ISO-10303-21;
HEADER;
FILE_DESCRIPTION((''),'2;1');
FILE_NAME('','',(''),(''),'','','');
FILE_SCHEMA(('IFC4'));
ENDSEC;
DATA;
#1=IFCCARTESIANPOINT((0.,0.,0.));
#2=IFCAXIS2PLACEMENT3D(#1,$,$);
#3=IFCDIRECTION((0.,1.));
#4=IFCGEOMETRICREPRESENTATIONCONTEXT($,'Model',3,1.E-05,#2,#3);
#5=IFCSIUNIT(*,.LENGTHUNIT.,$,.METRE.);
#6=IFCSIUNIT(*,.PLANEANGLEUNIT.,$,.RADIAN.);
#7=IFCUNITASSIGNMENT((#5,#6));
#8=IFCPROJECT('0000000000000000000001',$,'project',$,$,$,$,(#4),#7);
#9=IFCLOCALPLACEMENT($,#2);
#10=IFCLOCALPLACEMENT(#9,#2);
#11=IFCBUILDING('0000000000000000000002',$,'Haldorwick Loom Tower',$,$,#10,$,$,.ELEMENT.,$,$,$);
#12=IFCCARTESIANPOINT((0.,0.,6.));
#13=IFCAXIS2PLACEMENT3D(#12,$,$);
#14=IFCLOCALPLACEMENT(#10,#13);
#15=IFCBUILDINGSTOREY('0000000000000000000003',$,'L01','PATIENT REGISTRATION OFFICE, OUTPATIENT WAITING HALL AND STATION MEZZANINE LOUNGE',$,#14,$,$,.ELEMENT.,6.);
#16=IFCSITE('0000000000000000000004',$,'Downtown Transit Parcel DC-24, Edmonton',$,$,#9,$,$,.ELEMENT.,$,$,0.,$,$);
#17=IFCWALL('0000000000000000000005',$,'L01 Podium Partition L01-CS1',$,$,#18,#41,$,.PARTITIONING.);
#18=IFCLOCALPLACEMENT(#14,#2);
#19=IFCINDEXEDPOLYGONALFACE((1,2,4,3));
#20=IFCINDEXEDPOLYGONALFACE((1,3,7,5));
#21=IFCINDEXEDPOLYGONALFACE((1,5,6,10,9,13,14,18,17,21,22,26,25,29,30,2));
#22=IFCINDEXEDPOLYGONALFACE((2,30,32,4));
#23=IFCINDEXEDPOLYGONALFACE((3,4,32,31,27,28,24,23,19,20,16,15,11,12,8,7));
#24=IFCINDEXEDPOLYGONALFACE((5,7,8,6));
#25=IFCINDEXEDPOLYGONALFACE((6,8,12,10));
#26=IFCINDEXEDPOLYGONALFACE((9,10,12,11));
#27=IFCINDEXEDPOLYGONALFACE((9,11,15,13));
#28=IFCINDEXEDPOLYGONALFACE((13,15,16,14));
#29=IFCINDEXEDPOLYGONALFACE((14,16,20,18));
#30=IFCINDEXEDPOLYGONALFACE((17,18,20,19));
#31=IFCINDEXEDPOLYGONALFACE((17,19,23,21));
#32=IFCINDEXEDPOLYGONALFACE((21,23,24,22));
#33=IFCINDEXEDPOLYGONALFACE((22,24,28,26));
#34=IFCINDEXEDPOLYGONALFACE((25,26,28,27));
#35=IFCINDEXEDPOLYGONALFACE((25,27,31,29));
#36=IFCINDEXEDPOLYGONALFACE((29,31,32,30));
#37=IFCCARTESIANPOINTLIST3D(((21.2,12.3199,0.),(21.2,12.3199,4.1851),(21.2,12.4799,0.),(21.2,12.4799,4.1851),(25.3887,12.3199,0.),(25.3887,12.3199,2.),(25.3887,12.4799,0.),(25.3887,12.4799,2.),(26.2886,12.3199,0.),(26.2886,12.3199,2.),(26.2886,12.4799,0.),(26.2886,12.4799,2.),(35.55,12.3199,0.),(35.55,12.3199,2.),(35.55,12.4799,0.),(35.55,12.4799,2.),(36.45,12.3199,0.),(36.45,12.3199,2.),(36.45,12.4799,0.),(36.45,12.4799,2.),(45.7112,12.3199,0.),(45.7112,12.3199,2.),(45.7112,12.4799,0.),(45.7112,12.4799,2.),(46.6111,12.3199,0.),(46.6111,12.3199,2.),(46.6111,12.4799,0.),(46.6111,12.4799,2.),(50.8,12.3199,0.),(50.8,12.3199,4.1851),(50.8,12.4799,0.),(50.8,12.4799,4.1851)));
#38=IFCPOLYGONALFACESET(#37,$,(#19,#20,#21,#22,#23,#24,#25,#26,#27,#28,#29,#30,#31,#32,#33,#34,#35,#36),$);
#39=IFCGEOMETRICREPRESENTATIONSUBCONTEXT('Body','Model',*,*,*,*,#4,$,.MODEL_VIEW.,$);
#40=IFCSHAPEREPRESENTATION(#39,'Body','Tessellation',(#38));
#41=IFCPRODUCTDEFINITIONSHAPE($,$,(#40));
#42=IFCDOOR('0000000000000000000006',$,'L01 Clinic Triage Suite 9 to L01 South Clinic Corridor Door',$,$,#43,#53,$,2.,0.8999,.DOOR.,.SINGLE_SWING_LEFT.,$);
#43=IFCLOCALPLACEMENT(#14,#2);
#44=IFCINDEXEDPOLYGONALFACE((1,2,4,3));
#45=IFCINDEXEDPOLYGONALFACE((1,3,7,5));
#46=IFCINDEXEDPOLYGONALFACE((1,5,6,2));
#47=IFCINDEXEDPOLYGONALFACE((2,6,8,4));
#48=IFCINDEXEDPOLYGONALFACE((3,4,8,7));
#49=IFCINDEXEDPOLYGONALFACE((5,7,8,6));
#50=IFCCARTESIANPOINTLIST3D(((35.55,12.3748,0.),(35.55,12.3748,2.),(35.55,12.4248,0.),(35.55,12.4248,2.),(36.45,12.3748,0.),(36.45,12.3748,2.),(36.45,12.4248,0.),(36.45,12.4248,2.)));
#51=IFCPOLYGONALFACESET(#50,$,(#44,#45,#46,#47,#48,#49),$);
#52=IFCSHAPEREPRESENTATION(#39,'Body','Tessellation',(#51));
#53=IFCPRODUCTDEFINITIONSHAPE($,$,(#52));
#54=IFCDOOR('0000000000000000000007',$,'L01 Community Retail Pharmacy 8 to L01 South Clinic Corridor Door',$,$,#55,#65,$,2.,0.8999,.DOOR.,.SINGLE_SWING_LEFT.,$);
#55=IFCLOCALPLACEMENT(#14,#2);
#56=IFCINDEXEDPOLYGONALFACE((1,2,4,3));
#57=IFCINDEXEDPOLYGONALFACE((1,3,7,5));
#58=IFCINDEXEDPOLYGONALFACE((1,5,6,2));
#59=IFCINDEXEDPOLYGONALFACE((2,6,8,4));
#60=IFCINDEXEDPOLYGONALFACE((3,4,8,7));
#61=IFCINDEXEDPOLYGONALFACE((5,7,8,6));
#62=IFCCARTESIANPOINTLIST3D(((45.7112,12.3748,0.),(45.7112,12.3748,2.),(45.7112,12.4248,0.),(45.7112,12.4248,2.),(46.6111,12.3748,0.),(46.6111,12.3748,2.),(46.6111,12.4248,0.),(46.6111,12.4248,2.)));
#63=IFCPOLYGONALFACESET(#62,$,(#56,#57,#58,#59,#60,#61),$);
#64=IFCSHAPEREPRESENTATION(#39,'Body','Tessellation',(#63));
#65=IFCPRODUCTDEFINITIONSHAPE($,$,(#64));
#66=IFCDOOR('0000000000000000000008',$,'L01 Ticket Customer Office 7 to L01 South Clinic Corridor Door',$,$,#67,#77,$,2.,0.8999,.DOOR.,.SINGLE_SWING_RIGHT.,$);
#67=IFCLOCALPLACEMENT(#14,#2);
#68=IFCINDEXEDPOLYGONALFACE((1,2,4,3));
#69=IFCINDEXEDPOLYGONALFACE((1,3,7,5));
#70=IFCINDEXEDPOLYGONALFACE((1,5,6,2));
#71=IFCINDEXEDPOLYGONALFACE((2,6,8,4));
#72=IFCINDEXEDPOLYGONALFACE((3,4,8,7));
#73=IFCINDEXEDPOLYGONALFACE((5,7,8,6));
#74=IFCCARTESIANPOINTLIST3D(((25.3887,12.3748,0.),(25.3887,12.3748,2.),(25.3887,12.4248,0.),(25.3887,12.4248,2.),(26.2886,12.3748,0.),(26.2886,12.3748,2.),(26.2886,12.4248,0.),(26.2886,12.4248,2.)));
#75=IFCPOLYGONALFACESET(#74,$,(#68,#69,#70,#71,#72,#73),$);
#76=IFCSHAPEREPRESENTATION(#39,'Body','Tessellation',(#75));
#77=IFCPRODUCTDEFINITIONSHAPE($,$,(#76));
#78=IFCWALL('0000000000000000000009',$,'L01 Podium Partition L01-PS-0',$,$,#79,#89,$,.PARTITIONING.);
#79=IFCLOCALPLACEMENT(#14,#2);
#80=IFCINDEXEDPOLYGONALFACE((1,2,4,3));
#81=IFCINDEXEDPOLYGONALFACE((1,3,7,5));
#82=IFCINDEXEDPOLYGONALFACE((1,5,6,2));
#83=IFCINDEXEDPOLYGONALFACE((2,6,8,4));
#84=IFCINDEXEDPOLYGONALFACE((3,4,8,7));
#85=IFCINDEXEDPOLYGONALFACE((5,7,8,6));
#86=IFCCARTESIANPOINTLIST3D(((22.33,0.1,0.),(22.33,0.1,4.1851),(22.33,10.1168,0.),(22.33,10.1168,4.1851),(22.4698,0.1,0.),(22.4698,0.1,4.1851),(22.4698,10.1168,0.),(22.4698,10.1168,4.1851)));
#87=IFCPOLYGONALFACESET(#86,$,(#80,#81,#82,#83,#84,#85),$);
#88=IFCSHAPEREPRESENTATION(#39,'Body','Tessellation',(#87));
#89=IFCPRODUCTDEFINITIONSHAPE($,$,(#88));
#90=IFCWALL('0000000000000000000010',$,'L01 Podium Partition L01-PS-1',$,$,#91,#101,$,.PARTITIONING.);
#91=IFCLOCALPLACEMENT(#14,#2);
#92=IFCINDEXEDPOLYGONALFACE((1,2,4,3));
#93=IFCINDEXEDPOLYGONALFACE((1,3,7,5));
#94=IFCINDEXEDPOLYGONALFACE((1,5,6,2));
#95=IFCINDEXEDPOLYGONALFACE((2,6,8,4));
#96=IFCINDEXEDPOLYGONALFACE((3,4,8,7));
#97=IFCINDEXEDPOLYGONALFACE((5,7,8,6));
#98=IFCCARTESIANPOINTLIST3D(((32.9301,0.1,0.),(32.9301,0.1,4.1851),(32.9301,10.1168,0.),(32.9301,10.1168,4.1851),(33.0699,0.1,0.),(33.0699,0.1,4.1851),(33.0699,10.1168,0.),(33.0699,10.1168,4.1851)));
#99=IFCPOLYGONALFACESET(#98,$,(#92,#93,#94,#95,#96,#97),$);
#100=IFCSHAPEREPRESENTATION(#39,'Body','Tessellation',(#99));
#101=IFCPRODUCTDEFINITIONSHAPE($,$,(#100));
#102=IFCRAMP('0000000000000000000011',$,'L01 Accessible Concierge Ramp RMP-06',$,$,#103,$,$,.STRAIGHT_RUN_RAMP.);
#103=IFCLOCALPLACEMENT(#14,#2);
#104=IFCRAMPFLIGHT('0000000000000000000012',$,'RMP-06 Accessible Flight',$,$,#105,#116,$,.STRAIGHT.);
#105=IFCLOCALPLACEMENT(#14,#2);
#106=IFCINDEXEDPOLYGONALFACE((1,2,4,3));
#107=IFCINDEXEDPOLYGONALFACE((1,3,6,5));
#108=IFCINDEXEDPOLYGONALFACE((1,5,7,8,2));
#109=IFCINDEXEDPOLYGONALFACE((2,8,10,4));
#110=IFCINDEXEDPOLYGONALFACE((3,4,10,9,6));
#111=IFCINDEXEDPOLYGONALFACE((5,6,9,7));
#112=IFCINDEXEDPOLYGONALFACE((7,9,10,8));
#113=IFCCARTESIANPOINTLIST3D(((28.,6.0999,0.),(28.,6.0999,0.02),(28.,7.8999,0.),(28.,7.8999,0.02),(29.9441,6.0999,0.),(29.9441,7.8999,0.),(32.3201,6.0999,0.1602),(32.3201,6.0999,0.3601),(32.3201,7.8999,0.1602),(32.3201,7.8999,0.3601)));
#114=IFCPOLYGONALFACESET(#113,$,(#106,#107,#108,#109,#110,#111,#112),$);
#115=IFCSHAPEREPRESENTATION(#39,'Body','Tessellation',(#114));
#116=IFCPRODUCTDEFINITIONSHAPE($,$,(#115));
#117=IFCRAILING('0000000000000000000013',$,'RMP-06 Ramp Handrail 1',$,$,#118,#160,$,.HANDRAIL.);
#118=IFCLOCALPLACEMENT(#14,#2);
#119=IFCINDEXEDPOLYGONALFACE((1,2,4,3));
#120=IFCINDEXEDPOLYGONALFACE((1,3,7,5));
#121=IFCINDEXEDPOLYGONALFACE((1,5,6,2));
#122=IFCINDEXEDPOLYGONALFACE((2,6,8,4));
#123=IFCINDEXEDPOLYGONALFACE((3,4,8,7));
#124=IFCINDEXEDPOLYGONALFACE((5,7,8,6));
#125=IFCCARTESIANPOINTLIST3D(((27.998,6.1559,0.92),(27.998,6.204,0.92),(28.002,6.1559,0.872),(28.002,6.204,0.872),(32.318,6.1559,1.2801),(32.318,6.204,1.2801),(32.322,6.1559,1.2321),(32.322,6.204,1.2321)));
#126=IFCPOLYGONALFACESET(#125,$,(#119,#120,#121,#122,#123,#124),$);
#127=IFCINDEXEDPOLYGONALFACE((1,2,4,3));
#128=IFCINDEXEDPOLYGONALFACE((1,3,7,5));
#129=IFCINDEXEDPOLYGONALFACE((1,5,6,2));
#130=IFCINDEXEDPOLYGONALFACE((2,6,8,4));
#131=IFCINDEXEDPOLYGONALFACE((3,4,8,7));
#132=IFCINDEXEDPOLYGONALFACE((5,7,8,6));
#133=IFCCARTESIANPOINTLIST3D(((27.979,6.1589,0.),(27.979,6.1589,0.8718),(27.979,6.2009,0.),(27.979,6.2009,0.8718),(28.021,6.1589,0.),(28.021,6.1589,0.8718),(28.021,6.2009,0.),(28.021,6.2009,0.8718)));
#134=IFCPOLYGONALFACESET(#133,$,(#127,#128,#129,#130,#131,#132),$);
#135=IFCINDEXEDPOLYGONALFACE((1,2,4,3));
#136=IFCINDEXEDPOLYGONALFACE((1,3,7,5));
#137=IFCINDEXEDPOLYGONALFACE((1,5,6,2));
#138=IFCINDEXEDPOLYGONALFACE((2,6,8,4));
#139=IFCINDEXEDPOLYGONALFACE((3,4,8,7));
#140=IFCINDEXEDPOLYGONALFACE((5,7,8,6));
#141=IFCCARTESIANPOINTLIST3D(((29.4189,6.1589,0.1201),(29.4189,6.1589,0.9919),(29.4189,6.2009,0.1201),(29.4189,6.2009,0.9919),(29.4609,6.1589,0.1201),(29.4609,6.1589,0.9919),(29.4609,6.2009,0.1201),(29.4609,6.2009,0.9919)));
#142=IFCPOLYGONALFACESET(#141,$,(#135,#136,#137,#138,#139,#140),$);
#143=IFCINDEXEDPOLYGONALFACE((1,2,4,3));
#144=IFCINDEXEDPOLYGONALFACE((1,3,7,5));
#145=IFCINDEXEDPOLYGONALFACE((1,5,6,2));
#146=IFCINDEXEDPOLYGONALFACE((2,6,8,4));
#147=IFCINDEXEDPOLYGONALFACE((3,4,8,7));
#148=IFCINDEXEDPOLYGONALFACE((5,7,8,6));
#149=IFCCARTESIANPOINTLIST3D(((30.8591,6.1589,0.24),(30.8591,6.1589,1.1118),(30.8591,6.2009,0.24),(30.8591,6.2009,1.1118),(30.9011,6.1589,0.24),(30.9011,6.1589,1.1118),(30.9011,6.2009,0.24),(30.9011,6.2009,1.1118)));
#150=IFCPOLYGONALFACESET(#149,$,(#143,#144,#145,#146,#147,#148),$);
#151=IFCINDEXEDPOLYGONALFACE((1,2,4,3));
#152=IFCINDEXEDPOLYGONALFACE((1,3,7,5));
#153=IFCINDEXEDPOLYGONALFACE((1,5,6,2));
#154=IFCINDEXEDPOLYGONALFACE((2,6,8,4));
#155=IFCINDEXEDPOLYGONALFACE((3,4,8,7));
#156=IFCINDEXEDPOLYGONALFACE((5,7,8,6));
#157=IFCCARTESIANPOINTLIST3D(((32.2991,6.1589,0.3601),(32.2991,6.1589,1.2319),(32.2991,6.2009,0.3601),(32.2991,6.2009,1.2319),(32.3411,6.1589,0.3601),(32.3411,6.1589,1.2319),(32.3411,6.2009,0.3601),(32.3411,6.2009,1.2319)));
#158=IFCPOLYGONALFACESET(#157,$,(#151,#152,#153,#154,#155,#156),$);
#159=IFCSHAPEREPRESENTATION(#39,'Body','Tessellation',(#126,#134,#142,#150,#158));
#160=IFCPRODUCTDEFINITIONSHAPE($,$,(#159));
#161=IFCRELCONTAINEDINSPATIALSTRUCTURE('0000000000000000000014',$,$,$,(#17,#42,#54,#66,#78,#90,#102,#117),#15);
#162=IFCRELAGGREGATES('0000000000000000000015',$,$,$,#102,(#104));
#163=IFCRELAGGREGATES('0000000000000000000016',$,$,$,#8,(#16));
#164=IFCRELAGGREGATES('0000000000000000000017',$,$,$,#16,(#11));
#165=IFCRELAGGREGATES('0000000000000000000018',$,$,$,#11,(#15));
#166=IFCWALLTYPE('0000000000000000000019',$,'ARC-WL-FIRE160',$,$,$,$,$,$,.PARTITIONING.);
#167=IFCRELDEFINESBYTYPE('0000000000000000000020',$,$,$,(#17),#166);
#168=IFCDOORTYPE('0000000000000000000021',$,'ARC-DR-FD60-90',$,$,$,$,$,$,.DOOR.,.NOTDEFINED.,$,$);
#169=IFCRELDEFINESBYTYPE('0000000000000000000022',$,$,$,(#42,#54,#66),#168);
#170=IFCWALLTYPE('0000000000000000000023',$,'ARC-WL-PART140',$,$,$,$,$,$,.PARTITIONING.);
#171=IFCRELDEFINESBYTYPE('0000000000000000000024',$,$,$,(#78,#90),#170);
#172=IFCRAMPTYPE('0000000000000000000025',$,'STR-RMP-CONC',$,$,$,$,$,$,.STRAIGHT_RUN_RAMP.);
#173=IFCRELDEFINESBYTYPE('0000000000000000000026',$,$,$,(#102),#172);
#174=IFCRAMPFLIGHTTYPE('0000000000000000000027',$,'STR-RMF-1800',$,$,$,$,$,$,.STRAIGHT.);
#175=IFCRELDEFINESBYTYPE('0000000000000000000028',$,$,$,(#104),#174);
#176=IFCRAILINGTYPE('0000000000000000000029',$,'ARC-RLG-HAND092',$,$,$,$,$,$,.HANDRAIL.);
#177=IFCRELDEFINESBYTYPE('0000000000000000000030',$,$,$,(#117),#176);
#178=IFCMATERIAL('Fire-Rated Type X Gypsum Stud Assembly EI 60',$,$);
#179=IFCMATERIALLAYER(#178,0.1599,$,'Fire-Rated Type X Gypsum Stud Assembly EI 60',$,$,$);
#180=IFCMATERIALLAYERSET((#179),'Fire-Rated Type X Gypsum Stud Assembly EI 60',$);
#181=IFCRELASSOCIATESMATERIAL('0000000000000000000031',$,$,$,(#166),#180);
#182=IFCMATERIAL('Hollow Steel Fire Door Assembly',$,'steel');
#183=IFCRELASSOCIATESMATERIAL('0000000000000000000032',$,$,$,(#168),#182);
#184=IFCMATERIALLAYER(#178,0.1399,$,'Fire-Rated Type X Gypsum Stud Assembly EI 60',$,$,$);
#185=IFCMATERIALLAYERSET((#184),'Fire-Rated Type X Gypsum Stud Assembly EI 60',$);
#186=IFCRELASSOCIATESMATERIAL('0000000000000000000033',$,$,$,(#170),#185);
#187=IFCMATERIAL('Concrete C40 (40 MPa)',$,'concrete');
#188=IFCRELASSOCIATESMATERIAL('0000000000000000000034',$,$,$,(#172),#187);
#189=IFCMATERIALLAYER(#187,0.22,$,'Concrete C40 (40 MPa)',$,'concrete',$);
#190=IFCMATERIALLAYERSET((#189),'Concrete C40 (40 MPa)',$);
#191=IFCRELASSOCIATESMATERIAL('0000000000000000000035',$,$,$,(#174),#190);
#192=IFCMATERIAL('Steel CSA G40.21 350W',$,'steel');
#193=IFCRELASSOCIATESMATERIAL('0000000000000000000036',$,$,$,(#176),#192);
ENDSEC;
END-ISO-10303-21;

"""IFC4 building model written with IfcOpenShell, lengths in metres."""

from ifc_helpers import new_model, si_unit, direction, frame, frame_2d, origin, origin_2d, place, context, subcontext, project, spatial, polyline, rectangle, outline, extrude, material, layer, layer_set, type_object, element, fill, aggregate, save


model = new_model("IFC4")

# Units and contexts
model_context = context("Model", 3, precision=1e-05, world=origin(), true_north=direction((0.0, 1.0)))
body_context = subcontext(model_context, "Body", "Model", "MODEL_VIEW")
ifc_project = project(units=[si_unit("LENGTHUNIT", "METRE"), si_unit("PLANEANGLEUNIT", "RADIAN")], contexts=[model_context])

# Site, building, storey
site_placement = place(None, origin())
site = spatial("IfcSite", under=ifc_project, at=site_placement, Name="Downtown Transit Parcel DC-24, Edmonton", CompositionType="ELEMENT", RefElevation=0.0)
building_placement = place(site_placement, origin())
building = spatial("IfcBuilding", under=site, at=building_placement, Name="Haldorwick Loom Tower", CompositionType="ELEMENT")
storey_placement = place(building_placement, frame((0.0, 0.0, 6.0)))
storey = spatial("IfcBuildingStorey", under=building, at=storey_placement, Name="L01", Description="PATIENT REGISTRATION OFFICE, OUTPATIENT WAITING HALL AND STATION MEZZANINE LOUNGE", CompositionType="ELEMENT", Elevation=6.0)

# Shared definitions
ifc_material_1 = material(Name="Steel CSA G40.21 350W", Category="steel")

# Wall, openings, doors
ifc_material_2 = material(Name="Fire-Rated Type X Gypsum Stud Assembly EI 60")
ifc_layer_1 = layer(ifc_material_2, 0.1599, Name="Fire-Rated Type X Gypsum Stud Assembly EI 60")
ifc_layer_set_1 = layer_set([ifc_layer_1], Name="Fire-Rated Type X Gypsum Stud Assembly EI 60")
wall_type_1 = type_object("IfcWallType", Name="ARC-WL-FIRE160", PredefinedType="PARTITIONING", material=ifc_layer_set_1)
wall_placement = place(storey_placement, frame((21.2, 12.3999, 0.0), z_axis=(0.0, 0.0, 1.0), x_axis=(1.0, 0.0, 0.0)))
wall = element("IfcWall", 1, at=wall_placement, inside=storey, type_object=wall_type_1, Name="L01 Podium Partition L01-CS1", PredefinedType="PARTITIONING", context=body_context, shape_type="SweptSolid", body=[
    extrude(rectangle(XDim=29.6001, YDim=0.1599, at=frame_2d((14.8, 0.0))), origin(), (0.0, 0.0, 1.0), 4.1851),
])
opening_1_placement = place(wall_placement, frame((14.3501, 0.0, 0.0)))
opening_1 = element("IfcOpeningElement", 2, at=opening_1_placement, cuts=wall, PredefinedType="OPENING", context=body_context, shape_type="SweptSolid", body=[
    extrude(rectangle(XDim=0.8999, YDim=2.0, at=frame_2d((0.45, 1.0))), frame((0.0, 0.0898, 0.0), z_axis=(0.0, -1.0, 0.0), x_axis=(1.0, 0.0, 0.0)), (0.0, 0.0, 1.0), 0.1799),
])
opening_2_placement = place(wall_placement, frame((24.5112, 0.0, 0.0)))
opening_2 = element("IfcOpeningElement", 3, at=opening_2_placement, cuts=wall, PredefinedType="OPENING", context=body_context, shape_type="SweptSolid", body=[
    extrude(rectangle(XDim=0.8999, YDim=2.0, at=frame_2d((0.45, 1.0))), frame((0.0, 0.0898, 0.0), z_axis=(0.0, -1.0, 0.0), x_axis=(1.0, 0.0, 0.0)), (0.0, 0.0, 1.0), 0.1799),
])
opening_3_placement = place(wall_placement, frame((4.1887, 0.0, 0.0)))
opening_3 = element("IfcOpeningElement", 4, at=opening_3_placement, cuts=wall, PredefinedType="OPENING", context=body_context, shape_type="SweptSolid", body=[
    extrude(rectangle(XDim=0.8999, YDim=2.0, at=frame_2d((0.45, 1.0))), frame((0.0, 0.0898, 0.0), z_axis=(0.0, -1.0, 0.0), x_axis=(1.0, 0.0, 0.0)), (0.0, 0.0, 1.0), 0.1799),
])
ifc_material_3 = material(Name="Hollow Steel Fire Door Assembly", Category="steel")
door_type = type_object("IfcDoorType", Name="ARC-DR-FD60-90", OperationType="NOTDEFINED", PredefinedType="DOOR", material=ifc_material_3)
door_1_placement = place(opening_1_placement, origin())
door_1 = element("IfcDoor", 5, at=door_1_placement, inside=storey, type_object=door_type, Name="L01 Clinic Triage Suite 9 to L01 South Clinic Corridor Door", OperationType="SINGLE_SWING_LEFT", OverallHeight=2.0, OverallWidth=0.8999, PredefinedType="DOOR", context=body_context, shape_type="SweptSolid", body=[
    extrude(rectangle(XDim=0.8999, YDim=2.0, at=frame_2d((0.45, 1.0))), frame((0.0, 0.0249, 0.0), z_axis=(0.0, -1.0, 0.0), x_axis=(1.0, 0.0, 0.0)), (0.0, 0.0, 1.0), 0.05),
])
fill(opening_1, door_1)
door_2_placement = place(opening_2_placement, origin())
door_2 = element("IfcDoor", 6, at=door_2_placement, inside=storey, type_object=door_type, Name="L01 Community Retail Pharmacy 8 to L01 South Clinic Corridor Door", OperationType="SINGLE_SWING_LEFT", OverallHeight=2.0, OverallWidth=0.8999, PredefinedType="DOOR", context=body_context, shape_type="SweptSolid", body=[
    extrude(rectangle(XDim=0.8999, YDim=2.0, at=frame_2d((0.45, 1.0))), frame((0.0, 0.0249, 0.0), z_axis=(0.0, -1.0, 0.0), x_axis=(1.0, 0.0, 0.0)), (0.0, 0.0, 1.0), 0.05),
])
fill(opening_2, door_2)
door_3_placement = place(opening_3_placement, origin())
door_3 = element("IfcDoor", 7, at=door_3_placement, inside=storey, type_object=door_type, Name="L01 Ticket Customer Office 7 to L01 South Clinic Corridor Door", OperationType="SINGLE_SWING_RIGHT", OverallHeight=2.0, OverallWidth=0.8999, PredefinedType="DOOR", context=body_context, shape_type="SweptSolid", body=[
    extrude(rectangle(XDim=0.8999, YDim=2.0, at=frame_2d((0.45, 1.0))), frame((0.0, 0.0249, 0.0), z_axis=(0.0, -1.0, 0.0), x_axis=(1.0, 0.0, 0.0)), (0.0, 0.0, 1.0), 0.05),
])
fill(opening_3, door_3)

# Walls
ifc_layer_2 = layer(ifc_material_2, 0.1399, Name="Fire-Rated Type X Gypsum Stud Assembly EI 60")
ifc_layer_set_2 = layer_set([ifc_layer_2], Name="Fire-Rated Type X Gypsum Stud Assembly EI 60")
wall_type_2 = type_object("IfcWallType", Name="ARC-WL-PART140", PredefinedType="PARTITIONING", material=ifc_layer_set_2)
for number, where, z_axis, x_axis, name in (
    (8, (22.3999, 0.1001, 0.0), (0.0, 0.0, 1.0), (0.0, 1.0, 0.0), "L01 Podium Partition L01-PS-0"),
    (9, (33.0, 0.1001, 0.0), (0.0, 0.0, 1.0), (0.0, 1.0, 0.0), "L01 Podium Partition L01-PS-1"),
):
    element("IfcWall", number, at=place(storey_placement, frame(where, z_axis=z_axis, x_axis=x_axis)), inside=storey, type_object=wall_type_2, Name=name, PredefinedType="PARTITIONING", context=body_context, shape_type="SweptSolid", body=[
        extrude(rectangle(XDim=10.0168, YDim=0.1399, at=frame_2d((5.0083, 0.0))), origin(), (0.0, 0.0, 1.0), 4.1851),
    ])

# Ramp, ramp flight
ifc_material_4 = material(Name="Concrete C40 (40 MPa)", Category="concrete")
ramp_type = type_object("IfcRampType", Name="STR-RMP-CONC", PredefinedType="STRAIGHT_RUN_RAMP", material=ifc_material_4)
ramp_placement = place(storey_placement, origin())
ramp = element("IfcRamp", 10, at=ramp_placement, inside=storey, type_object=ramp_type, Name="L01 Accessible Concierge Ramp RMP-06", PredefinedType="STRAIGHT_RUN_RAMP")
ifc_layer_3 = layer(ifc_material_4, 0.22, Name="Concrete C40 (40 MPa)", Category="concrete")
ifc_layer_set_3 = layer_set([ifc_layer_3], Name="Concrete C40 (40 MPa)")
ramp_flight_type = type_object("IfcRampFlightType", Name="STR-RMF-1800", PredefinedType="STRAIGHT", material=ifc_layer_set_3)
ramp_flight_placement = place(storey_placement, frame((28.0, 7.0, 0.0), z_axis=(0.0, 0.0, 1.0), x_axis=(1.0, 0.0, 0.0)))
ramp_flight = element("IfcRampFlight", 11, at=ramp_flight_placement, type_object=ramp_flight_type, Name="RMP-06 Accessible Flight", PredefinedType="STRAIGHT", context=body_context, shape_type="SweptSolid", body=[
    extrude(outline(polyline([(0.0, 0.0), (0.0, 0.02), (4.3201, 0.3601), (4.3201, 0.1602), (1.9441, 0.0), (0.0, 0.0)])), frame((0.0, 0.8999, 0.0), z_axis=(0.0, -1.0, 0.0), x_axis=(1.0, 0.0, 0.0)), (0.0, 0.0, 1.0), 1.8),
])
aggregate(ramp, [ramp_flight])

# Railing
railing_type = type_object("IfcRailingType", Name="ARC-RLG-HAND092", PredefinedType="HANDRAIL", material=ifc_material_1)
for number, where, name in (
    (12, (28.0, 6.1799, 0.0), "RMP-06 Ramp Handrail 1"),
):
    element("IfcRailing", number, at=place(storey_placement, frame(where)), inside=storey, type_object=railing_type, Name=name, PredefinedType="HANDRAIL", context=body_context, shape_type="SweptSolid", body=[
        extrude(rectangle(XDim=0.0481, YDim=0.0481, at=origin_2d()), frame((0.0, 0.0, 0.896), z_axis=(0.996544, 0.0, 0.083069), x_axis=(0.0, 1.0, 0.0)), (0.0, 0.0, 1.0), 4.335),
        extrude(rectangle(XDim=0.042, YDim=0.042, at=origin_2d()), origin(), (0.0, 0.0, 1.0), 0.8718),
        extrude(rectangle(XDim=0.042, YDim=0.042, at=origin_2d()), frame((1.4399, 0.0, 0.1201)), (0.0, 0.0, 1.0), 0.8718),
        extrude(rectangle(XDim=0.042, YDim=0.042, at=origin_2d()), frame((2.8801, 0.0, 0.24)), (0.0, 0.0, 1.0), 0.8718),
        extrude(rectangle(XDim=0.042, YDim=0.042, at=origin_2d()), frame((4.3201, 0.0, 0.3601)), (0.0, 0.0, 1.0), 0.8718),
    ])

save(model, "model.ifc")
